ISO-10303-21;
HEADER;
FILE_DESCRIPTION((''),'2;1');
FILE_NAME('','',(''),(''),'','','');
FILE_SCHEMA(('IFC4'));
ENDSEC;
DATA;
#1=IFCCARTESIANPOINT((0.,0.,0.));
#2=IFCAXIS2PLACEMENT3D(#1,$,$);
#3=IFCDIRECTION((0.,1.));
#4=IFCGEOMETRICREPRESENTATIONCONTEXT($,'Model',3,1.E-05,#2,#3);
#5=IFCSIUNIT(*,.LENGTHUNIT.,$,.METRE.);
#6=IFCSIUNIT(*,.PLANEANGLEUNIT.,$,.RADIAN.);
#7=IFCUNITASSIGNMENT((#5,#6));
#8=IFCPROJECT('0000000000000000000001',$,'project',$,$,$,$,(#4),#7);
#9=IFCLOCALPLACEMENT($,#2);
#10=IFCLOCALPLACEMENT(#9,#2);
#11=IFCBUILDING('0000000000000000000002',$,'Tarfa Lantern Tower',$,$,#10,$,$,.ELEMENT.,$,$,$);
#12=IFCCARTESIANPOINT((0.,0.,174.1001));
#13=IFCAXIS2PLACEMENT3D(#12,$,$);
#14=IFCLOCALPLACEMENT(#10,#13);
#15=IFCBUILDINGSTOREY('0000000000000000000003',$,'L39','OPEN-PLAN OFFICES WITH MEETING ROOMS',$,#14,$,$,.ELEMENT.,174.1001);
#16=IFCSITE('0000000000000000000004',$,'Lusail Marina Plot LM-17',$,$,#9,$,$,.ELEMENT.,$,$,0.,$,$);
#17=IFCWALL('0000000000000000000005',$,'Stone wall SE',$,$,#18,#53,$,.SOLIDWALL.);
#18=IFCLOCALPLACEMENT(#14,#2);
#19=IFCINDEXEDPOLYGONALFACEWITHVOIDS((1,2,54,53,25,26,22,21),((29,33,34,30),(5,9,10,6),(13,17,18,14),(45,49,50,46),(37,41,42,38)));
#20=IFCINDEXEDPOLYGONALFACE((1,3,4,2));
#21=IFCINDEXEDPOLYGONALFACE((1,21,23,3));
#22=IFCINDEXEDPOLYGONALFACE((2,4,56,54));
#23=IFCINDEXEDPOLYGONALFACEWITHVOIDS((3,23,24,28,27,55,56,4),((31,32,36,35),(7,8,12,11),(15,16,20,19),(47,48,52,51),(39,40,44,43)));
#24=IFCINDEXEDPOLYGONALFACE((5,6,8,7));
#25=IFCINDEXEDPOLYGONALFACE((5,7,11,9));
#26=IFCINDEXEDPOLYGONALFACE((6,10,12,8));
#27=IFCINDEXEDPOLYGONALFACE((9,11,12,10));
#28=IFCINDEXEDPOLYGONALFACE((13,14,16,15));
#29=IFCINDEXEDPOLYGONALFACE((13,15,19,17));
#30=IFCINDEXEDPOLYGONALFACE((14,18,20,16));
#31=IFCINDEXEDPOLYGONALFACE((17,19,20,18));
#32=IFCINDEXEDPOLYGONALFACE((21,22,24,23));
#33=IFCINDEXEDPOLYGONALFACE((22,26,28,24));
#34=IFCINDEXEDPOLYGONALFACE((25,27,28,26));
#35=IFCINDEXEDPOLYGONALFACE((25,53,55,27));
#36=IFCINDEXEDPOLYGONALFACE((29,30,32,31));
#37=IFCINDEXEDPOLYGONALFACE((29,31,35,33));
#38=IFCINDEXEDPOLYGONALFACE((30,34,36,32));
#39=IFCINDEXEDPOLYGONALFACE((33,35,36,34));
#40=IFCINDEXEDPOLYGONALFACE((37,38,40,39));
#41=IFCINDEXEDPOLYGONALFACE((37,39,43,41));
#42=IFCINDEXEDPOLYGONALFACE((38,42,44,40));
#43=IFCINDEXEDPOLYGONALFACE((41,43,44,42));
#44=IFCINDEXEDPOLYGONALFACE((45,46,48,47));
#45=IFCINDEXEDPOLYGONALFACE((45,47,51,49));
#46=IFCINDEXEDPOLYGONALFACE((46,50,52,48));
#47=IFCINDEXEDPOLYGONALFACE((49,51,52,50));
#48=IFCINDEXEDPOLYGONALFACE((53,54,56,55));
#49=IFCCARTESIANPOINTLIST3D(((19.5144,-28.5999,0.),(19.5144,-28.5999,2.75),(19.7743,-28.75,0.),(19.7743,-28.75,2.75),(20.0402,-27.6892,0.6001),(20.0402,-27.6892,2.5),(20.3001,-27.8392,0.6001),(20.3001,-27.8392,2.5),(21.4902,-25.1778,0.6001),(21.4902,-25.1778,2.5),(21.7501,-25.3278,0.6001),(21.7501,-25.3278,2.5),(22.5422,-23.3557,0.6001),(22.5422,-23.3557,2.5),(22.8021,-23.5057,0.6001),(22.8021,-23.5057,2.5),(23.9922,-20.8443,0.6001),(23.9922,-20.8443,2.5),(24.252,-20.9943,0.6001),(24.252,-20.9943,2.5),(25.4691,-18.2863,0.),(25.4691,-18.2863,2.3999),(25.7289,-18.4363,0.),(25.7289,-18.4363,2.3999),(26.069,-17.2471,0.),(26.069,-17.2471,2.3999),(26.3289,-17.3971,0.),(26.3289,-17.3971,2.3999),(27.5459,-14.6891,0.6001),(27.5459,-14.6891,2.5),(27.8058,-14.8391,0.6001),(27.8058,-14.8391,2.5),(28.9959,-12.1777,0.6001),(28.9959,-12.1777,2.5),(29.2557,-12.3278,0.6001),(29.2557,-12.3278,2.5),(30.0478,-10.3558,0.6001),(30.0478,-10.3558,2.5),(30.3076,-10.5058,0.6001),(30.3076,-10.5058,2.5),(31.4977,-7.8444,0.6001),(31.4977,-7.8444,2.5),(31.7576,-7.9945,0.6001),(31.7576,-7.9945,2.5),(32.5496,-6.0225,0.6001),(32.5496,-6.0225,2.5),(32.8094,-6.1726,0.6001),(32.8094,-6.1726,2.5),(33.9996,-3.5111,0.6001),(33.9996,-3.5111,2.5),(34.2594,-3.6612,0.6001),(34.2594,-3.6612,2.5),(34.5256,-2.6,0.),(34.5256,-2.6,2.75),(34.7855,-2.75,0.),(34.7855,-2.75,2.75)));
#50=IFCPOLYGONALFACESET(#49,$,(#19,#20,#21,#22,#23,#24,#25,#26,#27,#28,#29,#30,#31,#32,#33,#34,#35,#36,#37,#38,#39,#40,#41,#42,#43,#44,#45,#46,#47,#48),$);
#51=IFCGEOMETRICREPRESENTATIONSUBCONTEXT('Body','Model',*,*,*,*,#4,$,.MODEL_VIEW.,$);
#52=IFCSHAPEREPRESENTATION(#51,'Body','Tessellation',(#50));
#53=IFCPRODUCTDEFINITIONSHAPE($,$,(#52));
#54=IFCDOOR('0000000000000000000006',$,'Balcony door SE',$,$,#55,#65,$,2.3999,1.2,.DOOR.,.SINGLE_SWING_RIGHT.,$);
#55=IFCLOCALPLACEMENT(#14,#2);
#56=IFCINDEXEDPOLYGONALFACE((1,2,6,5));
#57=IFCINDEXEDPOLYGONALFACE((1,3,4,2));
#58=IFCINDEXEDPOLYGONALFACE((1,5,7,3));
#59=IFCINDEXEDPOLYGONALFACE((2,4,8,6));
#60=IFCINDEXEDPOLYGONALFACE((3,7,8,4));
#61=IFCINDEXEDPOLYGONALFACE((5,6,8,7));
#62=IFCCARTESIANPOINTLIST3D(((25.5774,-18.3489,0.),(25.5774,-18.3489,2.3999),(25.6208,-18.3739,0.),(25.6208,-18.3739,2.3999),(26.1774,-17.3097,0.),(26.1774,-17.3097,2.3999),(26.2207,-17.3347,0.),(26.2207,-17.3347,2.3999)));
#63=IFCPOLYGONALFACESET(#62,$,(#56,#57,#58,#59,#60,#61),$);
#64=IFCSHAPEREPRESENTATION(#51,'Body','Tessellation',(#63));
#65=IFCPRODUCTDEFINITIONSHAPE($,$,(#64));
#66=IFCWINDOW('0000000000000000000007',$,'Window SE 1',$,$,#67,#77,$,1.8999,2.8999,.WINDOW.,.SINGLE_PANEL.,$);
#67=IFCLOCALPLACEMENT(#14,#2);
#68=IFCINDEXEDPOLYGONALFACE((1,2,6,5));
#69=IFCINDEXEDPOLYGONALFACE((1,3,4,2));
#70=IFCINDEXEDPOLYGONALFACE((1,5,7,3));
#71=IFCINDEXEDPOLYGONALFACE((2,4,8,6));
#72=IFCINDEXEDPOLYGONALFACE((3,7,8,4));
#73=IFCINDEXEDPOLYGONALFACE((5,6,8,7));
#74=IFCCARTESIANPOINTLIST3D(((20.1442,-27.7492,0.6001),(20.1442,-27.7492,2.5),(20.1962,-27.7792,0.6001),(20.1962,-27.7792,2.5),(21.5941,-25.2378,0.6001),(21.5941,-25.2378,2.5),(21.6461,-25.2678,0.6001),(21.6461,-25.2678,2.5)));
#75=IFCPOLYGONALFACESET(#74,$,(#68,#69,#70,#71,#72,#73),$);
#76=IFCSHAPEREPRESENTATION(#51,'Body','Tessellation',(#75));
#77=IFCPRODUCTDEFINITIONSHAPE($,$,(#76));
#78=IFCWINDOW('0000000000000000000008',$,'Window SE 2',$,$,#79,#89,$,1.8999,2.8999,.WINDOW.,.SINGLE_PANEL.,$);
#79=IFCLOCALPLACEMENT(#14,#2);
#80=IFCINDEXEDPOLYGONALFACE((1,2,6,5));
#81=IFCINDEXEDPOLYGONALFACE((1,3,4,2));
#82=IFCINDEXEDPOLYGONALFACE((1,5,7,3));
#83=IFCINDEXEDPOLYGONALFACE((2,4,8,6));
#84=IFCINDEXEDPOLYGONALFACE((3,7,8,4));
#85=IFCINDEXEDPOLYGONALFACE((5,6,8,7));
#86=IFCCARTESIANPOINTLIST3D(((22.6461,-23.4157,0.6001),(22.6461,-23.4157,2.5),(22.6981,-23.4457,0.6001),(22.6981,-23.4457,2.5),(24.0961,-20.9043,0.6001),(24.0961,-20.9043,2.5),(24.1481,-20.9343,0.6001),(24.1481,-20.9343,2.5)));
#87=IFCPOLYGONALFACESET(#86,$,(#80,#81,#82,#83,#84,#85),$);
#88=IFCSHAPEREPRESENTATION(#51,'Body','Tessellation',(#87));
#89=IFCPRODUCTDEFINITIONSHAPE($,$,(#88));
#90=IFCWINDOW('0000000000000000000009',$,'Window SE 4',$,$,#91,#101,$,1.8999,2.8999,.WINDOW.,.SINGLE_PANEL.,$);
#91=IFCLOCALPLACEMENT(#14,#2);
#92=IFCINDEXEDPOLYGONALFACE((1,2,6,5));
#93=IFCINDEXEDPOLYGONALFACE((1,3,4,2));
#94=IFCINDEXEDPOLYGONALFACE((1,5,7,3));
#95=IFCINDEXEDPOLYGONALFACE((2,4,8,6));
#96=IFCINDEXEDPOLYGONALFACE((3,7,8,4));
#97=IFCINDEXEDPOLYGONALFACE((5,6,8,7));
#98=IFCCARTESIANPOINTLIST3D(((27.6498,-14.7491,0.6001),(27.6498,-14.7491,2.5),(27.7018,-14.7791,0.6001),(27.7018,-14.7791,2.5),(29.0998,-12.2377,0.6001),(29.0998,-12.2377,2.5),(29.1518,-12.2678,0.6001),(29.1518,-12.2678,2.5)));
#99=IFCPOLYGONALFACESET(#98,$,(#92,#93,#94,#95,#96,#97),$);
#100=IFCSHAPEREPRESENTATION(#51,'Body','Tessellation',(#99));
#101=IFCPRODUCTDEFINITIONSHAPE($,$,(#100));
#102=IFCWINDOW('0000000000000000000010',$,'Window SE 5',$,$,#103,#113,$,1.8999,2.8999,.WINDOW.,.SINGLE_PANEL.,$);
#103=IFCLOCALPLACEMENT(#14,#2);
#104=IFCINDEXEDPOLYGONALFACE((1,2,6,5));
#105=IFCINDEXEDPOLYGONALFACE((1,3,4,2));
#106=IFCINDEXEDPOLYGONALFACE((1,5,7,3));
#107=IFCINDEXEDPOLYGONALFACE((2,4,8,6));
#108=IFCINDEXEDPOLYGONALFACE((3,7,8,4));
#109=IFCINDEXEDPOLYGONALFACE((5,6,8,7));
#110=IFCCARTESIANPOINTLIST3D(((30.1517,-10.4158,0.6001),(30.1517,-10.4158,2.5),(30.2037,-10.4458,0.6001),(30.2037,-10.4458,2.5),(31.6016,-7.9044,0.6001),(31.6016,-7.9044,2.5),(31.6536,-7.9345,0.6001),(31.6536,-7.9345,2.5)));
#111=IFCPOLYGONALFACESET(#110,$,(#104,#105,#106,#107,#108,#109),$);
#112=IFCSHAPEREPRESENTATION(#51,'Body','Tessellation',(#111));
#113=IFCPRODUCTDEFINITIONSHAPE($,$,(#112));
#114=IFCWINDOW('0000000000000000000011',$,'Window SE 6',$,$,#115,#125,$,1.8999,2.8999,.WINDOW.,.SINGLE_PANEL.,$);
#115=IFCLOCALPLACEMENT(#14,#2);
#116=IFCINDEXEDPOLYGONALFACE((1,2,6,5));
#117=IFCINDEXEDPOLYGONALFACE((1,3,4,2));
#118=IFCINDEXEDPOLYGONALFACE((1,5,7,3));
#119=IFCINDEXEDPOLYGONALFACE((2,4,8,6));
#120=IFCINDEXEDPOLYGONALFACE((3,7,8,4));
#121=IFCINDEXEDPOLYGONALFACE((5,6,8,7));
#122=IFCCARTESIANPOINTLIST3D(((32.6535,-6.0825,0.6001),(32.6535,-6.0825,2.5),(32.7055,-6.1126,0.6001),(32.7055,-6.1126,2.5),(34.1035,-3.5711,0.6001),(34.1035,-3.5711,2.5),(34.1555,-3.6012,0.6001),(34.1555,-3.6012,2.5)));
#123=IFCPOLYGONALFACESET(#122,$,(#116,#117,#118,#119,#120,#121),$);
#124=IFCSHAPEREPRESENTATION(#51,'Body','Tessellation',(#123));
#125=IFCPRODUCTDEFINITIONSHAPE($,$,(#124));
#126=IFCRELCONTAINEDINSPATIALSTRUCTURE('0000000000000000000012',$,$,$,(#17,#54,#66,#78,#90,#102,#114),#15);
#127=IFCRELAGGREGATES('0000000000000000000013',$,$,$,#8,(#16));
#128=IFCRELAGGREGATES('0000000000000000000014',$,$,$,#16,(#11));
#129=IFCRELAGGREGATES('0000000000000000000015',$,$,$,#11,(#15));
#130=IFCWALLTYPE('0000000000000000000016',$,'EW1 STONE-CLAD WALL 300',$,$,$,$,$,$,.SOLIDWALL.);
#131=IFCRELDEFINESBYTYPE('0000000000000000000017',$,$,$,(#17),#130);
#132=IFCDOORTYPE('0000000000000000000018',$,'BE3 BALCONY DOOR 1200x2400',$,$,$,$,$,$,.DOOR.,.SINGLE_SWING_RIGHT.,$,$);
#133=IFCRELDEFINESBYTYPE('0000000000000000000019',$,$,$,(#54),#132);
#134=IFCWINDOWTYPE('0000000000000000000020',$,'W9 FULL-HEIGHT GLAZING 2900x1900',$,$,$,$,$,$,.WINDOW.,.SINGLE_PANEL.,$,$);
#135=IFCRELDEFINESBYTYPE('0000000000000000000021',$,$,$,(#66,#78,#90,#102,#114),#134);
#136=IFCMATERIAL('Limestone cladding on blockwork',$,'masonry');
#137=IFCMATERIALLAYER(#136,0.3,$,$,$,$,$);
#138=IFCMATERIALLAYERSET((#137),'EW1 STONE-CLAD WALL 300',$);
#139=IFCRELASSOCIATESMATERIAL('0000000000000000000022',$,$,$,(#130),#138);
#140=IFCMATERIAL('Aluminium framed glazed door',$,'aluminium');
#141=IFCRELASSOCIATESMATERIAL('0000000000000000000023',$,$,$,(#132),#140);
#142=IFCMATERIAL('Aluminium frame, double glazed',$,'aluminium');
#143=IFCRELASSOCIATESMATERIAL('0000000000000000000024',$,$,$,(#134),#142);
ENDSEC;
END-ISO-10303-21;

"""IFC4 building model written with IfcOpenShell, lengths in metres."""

from ifc_helpers import new_model, si_unit, direction, frame, frame_2d, origin, place, context, subcontext, project, spatial, rectangle, extrude, material, layer, layer_set, type_object, element, fill, save


model = new_model("IFC4")

# Units and contexts
model_context = context("Model", 3, precision=1e-05, world=origin(), true_north=direction((0.0, 1.0)))
body_context = subcontext(model_context, "Body", "Model", "MODEL_VIEW")
ifc_project = project(units=[si_unit("LENGTHUNIT", "METRE"), si_unit("PLANEANGLEUNIT", "RADIAN")], contexts=[model_context])

# Site, building, storey
site_placement = place(None, origin())
site = spatial("IfcSite", under=ifc_project, at=site_placement, Name="Lusail Marina Plot LM-17", CompositionType="ELEMENT", RefElevation=0.0)
building_placement = place(site_placement, origin())
building = spatial("IfcBuilding", under=site, at=building_placement, Name="Tarfa Lantern Tower", CompositionType="ELEMENT")
storey_placement = place(building_placement, frame((0.0, 0.0, 174.1001)))
storey = spatial("IfcBuildingStorey", under=building, at=storey_placement, Name="L39", Description="OPEN-PLAN OFFICES WITH MEETING ROOMS", CompositionType="ELEMENT", Elevation=174.1001)

# Wall, openings, door, windows
ifc_material_1 = material(Name="Limestone cladding on blockwork", Category="masonry")
ifc_layer = layer(ifc_material_1, 0.3)
ifc_layer_set = layer_set([ifc_layer], Name="EW1 STONE-CLAD WALL 300")
wall_type = type_object("IfcWallType", Name="EW1 STONE-CLAD WALL 300", PredefinedType="SOLIDWALL", material=ifc_layer_set)
wall_placement = place(storey_placement, frame((19.6443, -28.675, 0.0), z_axis=(0.0, 0.0, 1.0), x_axis=(0.500003, 0.866024, 0.0)))
wall = element("IfcWall", 1, at=wall_placement, inside=storey, type_object=wall_type, Name="Stone wall SE", PredefinedType="SOLIDWALL", context=body_context, shape_type="SweptSolid", body=[
    extrude(rectangle(XDim=30.0222, YDim=0.3, at=frame_2d((15.0112, 0.0))), origin(), (0.0, 0.0, 1.0), 2.75),
])
opening_1_placement = place(wall_placement, frame((1.0518, 0.0, 0.6001)))
opening_1 = element("IfcOpeningElement", 2, at=opening_1_placement, cuts=wall, PredefinedType="OPENING", context=body_context, shape_type="SweptSolid", body=[
    extrude(rectangle(XDim=2.8999, YDim=1.8999, at=frame_2d((1.45, 0.95))), frame((0.0, 0.1599, 0.0), z_axis=(0.0, -1.0, 0.0), x_axis=(1.0, 0.0, 0.0)), (0.0, 0.0, 1.0), 0.3201),
])
opening_2_placement = place(wall_placement, frame((6.0557, 0.0, 0.6001)))
opening_2 = element("IfcOpeningElement", 3, at=opening_2_placement, cuts=wall, PredefinedType="OPENING", context=body_context, shape_type="SweptSolid", body=[
    extrude(rectangle(XDim=2.8999, YDim=1.8999, at=frame_2d((1.45, 0.95))), frame((0.0, 0.1599, 0.0), z_axis=(0.0, -1.0, 0.0), x_axis=(1.0, 0.0, 0.0)), (0.0, 0.0, 1.0), 0.3201),
])
opening_3_placement = place(wall_placement, frame((11.9092, 0.0, 0.0)))
opening_3 = element("IfcOpeningElement", 4, at=opening_3_placement, cuts=wall, PredefinedType="OPENING", context=body_context, shape_type="SweptSolid", body=[
    extrude(rectangle(XDim=1.2, YDim=2.3999, at=frame_2d((0.6001, 1.2))), frame((0.0, 0.1599, 0.0), z_axis=(0.0, -1.0, 0.0), x_axis=(1.0, 0.0, 0.0)), (0.0, 0.0, 1.0), 0.3201),
])
opening_4_placement = place(wall_placement, frame((16.063, 0.0, 0.6001)))
opening_4 = element("IfcOpeningElement", 5, at=opening_4_placement, cuts=wall, PredefinedType="OPENING", context=body_context, shape_type="SweptSolid", body=[
    extrude(rectangle(XDim=2.8999, YDim=1.8999, at=frame_2d((1.45, 0.95))), frame((0.0, 0.1599, 0.0), z_axis=(0.0, -1.0, 0.0), x_axis=(1.0, 0.0, 0.0)), (0.0, 0.0, 1.0), 0.3201),
])
opening_5_placement = place(wall_placement, frame((21.0667, 0.0, 0.6001)))
opening_5 = element("IfcOpeningElement", 6, at=opening_5_placement, cuts=wall, PredefinedType="OPENING", context=body_context, shape_type="SweptSolid", body=[
    extrude(rectangle(XDim=2.8999, YDim=1.8999, at=frame_2d((1.45, 0.95))), frame((0.0, 0.1599, 0.0), z_axis=(0.0, -1.0, 0.0), x_axis=(1.0, 0.0, 0.0)), (0.0, 0.0, 1.0), 0.3201),
])
opening_6_placement = place(wall_placement, frame((26.0703, 0.0, 0.6001)))
opening_6 = element("IfcOpeningElement", 7, at=opening_6_placement, cuts=wall, PredefinedType="OPENING", context=body_context, shape_type="SweptSolid", body=[
    extrude(rectangle(XDim=2.8999, YDim=1.8999, at=frame_2d((1.45, 0.95))), frame((0.0, 0.1599, 0.0), z_axis=(0.0, -1.0, 0.0), x_axis=(1.0, 0.0, 0.0)), (0.0, 0.0, 1.0), 0.3201),
])
ifc_material_2 = material(Name="Aluminium framed glazed door", Category="aluminium")
door_type = type_object("IfcDoorType", Name="BE3 BALCONY DOOR 1200x2400", OperationType="SINGLE_SWING_RIGHT", PredefinedType="DOOR", material=ifc_material_2)
door_placement = place(opening_3_placement, origin())
door = element("IfcDoor", 8, at=door_placement, inside=storey, type_object=door_type, Name="Balcony door SE", OperationType="SINGLE_SWING_RIGHT", OverallHeight=2.3999, OverallWidth=1.2, PredefinedType="DOOR", context=body_context, shape_type="SweptSolid", body=[
    extrude(rectangle(XDim=1.2, YDim=2.3999, at=frame_2d((0.6001, 1.2))), frame((0.0, 0.0249, 0.0), z_axis=(0.0, -1.0, 0.0), x_axis=(1.0, 0.0, 0.0)), (0.0, 0.0, 1.0), 0.05),
])
fill(opening_3, door)
ifc_material_3 = material(Name="Aluminium frame, double glazed", Category="aluminium")
window_type = type_object("IfcWindowType", Name="W9 FULL-HEIGHT GLAZING 2900x1900", PartitioningType="SINGLE_PANEL", PredefinedType="WINDOW", material=ifc_material_3)
window_1_placement = place(opening_1_placement, origin())
window_1 = element("IfcWindow", 9, at=window_1_placement, inside=storey, type_object=window_type, Name="Window SE 1", OverallHeight=1.8999, OverallWidth=2.8999, PartitioningType="SINGLE_PANEL", PredefinedType="WINDOW", context=body_context, shape_type="SweptSolid", body=[
    extrude(rectangle(XDim=2.8999, YDim=1.8999, at=frame_2d((1.45, 0.95))), frame((0.0, 0.03, 0.0), z_axis=(0.0, -1.0, 0.0), x_axis=(1.0, 0.0, 0.0)), (0.0, 0.0, 1.0), 0.0601),
])
fill(opening_1, window_1)
window_2_placement = place(opening_2_placement, origin())
window_2 = element("IfcWindow", 10, at=window_2_placement, inside=storey, type_object=window_type, Name="Window SE 2", OverallHeight=1.8999, OverallWidth=2.8999, PartitioningType="SINGLE_PANEL", PredefinedType="WINDOW", context=body_context, shape_type="SweptSolid", body=[
    extrude(rectangle(XDim=2.8999, YDim=1.8999, at=frame_2d((1.45, 0.95))), frame((0.0, 0.03, 0.0), z_axis=(0.0, -1.0, 0.0), x_axis=(1.0, 0.0, 0.0)), (0.0, 0.0, 1.0), 0.0601),
])
fill(opening_2, window_2)
window_3_placement = place(opening_4_placement, origin())
window_3 = element("IfcWindow", 11, at=window_3_placement, inside=storey, type_object=window_type, Name="Window SE 4", OverallHeight=1.8999, OverallWidth=2.8999, PartitioningType="SINGLE_PANEL", PredefinedType="WINDOW", context=body_context, shape_type="SweptSolid", body=[
    extrude(rectangle(XDim=2.8999, YDim=1.8999, at=frame_2d((1.45, 0.95))), frame((0.0, 0.03, 0.0), z_axis=(0.0, -1.0, 0.0), x_axis=(1.0, 0.0, 0.0)), (0.0, 0.0, 1.0), 0.0601),
])
fill(opening_4, window_3)
window_4_placement = place(opening_5_placement, origin())
window_4 = element("IfcWindow", 12, at=window_4_placement, inside=storey, type_object=window_type, Name="Window SE 5", OverallHeight=1.8999, OverallWidth=2.8999, PartitioningType="SINGLE_PANEL", PredefinedType="WINDOW", context=body_context, shape_type="SweptSolid", body=[
    extrude(rectangle(XDim=2.8999, YDim=1.8999, at=frame_2d((1.45, 0.95))), frame((0.0, 0.03, 0.0), z_axis=(0.0, -1.0, 0.0), x_axis=(1.0, 0.0, 0.0)), (0.0, 0.0, 1.0), 0.0601),
])
fill(opening_5, window_4)
window_5_placement = place(opening_6_placement, origin())
window_5 = element("IfcWindow", 13, at=window_5_placement, inside=storey, type_object=window_type, Name="Window SE 6", OverallHeight=1.8999, OverallWidth=2.8999, PartitioningType="SINGLE_PANEL", PredefinedType="WINDOW", context=body_context, shape_type="SweptSolid", body=[
    extrude(rectangle(XDim=2.8999, YDim=1.8999, at=frame_2d((1.45, 0.95))), frame((0.0, 0.03, 0.0), z_axis=(0.0, -1.0, 0.0), x_axis=(1.0, 0.0, 0.0)), (0.0, 0.0, 1.0), 0.0601),
])
fill(opening_6, window_5)

save(model, "model.ifc")
